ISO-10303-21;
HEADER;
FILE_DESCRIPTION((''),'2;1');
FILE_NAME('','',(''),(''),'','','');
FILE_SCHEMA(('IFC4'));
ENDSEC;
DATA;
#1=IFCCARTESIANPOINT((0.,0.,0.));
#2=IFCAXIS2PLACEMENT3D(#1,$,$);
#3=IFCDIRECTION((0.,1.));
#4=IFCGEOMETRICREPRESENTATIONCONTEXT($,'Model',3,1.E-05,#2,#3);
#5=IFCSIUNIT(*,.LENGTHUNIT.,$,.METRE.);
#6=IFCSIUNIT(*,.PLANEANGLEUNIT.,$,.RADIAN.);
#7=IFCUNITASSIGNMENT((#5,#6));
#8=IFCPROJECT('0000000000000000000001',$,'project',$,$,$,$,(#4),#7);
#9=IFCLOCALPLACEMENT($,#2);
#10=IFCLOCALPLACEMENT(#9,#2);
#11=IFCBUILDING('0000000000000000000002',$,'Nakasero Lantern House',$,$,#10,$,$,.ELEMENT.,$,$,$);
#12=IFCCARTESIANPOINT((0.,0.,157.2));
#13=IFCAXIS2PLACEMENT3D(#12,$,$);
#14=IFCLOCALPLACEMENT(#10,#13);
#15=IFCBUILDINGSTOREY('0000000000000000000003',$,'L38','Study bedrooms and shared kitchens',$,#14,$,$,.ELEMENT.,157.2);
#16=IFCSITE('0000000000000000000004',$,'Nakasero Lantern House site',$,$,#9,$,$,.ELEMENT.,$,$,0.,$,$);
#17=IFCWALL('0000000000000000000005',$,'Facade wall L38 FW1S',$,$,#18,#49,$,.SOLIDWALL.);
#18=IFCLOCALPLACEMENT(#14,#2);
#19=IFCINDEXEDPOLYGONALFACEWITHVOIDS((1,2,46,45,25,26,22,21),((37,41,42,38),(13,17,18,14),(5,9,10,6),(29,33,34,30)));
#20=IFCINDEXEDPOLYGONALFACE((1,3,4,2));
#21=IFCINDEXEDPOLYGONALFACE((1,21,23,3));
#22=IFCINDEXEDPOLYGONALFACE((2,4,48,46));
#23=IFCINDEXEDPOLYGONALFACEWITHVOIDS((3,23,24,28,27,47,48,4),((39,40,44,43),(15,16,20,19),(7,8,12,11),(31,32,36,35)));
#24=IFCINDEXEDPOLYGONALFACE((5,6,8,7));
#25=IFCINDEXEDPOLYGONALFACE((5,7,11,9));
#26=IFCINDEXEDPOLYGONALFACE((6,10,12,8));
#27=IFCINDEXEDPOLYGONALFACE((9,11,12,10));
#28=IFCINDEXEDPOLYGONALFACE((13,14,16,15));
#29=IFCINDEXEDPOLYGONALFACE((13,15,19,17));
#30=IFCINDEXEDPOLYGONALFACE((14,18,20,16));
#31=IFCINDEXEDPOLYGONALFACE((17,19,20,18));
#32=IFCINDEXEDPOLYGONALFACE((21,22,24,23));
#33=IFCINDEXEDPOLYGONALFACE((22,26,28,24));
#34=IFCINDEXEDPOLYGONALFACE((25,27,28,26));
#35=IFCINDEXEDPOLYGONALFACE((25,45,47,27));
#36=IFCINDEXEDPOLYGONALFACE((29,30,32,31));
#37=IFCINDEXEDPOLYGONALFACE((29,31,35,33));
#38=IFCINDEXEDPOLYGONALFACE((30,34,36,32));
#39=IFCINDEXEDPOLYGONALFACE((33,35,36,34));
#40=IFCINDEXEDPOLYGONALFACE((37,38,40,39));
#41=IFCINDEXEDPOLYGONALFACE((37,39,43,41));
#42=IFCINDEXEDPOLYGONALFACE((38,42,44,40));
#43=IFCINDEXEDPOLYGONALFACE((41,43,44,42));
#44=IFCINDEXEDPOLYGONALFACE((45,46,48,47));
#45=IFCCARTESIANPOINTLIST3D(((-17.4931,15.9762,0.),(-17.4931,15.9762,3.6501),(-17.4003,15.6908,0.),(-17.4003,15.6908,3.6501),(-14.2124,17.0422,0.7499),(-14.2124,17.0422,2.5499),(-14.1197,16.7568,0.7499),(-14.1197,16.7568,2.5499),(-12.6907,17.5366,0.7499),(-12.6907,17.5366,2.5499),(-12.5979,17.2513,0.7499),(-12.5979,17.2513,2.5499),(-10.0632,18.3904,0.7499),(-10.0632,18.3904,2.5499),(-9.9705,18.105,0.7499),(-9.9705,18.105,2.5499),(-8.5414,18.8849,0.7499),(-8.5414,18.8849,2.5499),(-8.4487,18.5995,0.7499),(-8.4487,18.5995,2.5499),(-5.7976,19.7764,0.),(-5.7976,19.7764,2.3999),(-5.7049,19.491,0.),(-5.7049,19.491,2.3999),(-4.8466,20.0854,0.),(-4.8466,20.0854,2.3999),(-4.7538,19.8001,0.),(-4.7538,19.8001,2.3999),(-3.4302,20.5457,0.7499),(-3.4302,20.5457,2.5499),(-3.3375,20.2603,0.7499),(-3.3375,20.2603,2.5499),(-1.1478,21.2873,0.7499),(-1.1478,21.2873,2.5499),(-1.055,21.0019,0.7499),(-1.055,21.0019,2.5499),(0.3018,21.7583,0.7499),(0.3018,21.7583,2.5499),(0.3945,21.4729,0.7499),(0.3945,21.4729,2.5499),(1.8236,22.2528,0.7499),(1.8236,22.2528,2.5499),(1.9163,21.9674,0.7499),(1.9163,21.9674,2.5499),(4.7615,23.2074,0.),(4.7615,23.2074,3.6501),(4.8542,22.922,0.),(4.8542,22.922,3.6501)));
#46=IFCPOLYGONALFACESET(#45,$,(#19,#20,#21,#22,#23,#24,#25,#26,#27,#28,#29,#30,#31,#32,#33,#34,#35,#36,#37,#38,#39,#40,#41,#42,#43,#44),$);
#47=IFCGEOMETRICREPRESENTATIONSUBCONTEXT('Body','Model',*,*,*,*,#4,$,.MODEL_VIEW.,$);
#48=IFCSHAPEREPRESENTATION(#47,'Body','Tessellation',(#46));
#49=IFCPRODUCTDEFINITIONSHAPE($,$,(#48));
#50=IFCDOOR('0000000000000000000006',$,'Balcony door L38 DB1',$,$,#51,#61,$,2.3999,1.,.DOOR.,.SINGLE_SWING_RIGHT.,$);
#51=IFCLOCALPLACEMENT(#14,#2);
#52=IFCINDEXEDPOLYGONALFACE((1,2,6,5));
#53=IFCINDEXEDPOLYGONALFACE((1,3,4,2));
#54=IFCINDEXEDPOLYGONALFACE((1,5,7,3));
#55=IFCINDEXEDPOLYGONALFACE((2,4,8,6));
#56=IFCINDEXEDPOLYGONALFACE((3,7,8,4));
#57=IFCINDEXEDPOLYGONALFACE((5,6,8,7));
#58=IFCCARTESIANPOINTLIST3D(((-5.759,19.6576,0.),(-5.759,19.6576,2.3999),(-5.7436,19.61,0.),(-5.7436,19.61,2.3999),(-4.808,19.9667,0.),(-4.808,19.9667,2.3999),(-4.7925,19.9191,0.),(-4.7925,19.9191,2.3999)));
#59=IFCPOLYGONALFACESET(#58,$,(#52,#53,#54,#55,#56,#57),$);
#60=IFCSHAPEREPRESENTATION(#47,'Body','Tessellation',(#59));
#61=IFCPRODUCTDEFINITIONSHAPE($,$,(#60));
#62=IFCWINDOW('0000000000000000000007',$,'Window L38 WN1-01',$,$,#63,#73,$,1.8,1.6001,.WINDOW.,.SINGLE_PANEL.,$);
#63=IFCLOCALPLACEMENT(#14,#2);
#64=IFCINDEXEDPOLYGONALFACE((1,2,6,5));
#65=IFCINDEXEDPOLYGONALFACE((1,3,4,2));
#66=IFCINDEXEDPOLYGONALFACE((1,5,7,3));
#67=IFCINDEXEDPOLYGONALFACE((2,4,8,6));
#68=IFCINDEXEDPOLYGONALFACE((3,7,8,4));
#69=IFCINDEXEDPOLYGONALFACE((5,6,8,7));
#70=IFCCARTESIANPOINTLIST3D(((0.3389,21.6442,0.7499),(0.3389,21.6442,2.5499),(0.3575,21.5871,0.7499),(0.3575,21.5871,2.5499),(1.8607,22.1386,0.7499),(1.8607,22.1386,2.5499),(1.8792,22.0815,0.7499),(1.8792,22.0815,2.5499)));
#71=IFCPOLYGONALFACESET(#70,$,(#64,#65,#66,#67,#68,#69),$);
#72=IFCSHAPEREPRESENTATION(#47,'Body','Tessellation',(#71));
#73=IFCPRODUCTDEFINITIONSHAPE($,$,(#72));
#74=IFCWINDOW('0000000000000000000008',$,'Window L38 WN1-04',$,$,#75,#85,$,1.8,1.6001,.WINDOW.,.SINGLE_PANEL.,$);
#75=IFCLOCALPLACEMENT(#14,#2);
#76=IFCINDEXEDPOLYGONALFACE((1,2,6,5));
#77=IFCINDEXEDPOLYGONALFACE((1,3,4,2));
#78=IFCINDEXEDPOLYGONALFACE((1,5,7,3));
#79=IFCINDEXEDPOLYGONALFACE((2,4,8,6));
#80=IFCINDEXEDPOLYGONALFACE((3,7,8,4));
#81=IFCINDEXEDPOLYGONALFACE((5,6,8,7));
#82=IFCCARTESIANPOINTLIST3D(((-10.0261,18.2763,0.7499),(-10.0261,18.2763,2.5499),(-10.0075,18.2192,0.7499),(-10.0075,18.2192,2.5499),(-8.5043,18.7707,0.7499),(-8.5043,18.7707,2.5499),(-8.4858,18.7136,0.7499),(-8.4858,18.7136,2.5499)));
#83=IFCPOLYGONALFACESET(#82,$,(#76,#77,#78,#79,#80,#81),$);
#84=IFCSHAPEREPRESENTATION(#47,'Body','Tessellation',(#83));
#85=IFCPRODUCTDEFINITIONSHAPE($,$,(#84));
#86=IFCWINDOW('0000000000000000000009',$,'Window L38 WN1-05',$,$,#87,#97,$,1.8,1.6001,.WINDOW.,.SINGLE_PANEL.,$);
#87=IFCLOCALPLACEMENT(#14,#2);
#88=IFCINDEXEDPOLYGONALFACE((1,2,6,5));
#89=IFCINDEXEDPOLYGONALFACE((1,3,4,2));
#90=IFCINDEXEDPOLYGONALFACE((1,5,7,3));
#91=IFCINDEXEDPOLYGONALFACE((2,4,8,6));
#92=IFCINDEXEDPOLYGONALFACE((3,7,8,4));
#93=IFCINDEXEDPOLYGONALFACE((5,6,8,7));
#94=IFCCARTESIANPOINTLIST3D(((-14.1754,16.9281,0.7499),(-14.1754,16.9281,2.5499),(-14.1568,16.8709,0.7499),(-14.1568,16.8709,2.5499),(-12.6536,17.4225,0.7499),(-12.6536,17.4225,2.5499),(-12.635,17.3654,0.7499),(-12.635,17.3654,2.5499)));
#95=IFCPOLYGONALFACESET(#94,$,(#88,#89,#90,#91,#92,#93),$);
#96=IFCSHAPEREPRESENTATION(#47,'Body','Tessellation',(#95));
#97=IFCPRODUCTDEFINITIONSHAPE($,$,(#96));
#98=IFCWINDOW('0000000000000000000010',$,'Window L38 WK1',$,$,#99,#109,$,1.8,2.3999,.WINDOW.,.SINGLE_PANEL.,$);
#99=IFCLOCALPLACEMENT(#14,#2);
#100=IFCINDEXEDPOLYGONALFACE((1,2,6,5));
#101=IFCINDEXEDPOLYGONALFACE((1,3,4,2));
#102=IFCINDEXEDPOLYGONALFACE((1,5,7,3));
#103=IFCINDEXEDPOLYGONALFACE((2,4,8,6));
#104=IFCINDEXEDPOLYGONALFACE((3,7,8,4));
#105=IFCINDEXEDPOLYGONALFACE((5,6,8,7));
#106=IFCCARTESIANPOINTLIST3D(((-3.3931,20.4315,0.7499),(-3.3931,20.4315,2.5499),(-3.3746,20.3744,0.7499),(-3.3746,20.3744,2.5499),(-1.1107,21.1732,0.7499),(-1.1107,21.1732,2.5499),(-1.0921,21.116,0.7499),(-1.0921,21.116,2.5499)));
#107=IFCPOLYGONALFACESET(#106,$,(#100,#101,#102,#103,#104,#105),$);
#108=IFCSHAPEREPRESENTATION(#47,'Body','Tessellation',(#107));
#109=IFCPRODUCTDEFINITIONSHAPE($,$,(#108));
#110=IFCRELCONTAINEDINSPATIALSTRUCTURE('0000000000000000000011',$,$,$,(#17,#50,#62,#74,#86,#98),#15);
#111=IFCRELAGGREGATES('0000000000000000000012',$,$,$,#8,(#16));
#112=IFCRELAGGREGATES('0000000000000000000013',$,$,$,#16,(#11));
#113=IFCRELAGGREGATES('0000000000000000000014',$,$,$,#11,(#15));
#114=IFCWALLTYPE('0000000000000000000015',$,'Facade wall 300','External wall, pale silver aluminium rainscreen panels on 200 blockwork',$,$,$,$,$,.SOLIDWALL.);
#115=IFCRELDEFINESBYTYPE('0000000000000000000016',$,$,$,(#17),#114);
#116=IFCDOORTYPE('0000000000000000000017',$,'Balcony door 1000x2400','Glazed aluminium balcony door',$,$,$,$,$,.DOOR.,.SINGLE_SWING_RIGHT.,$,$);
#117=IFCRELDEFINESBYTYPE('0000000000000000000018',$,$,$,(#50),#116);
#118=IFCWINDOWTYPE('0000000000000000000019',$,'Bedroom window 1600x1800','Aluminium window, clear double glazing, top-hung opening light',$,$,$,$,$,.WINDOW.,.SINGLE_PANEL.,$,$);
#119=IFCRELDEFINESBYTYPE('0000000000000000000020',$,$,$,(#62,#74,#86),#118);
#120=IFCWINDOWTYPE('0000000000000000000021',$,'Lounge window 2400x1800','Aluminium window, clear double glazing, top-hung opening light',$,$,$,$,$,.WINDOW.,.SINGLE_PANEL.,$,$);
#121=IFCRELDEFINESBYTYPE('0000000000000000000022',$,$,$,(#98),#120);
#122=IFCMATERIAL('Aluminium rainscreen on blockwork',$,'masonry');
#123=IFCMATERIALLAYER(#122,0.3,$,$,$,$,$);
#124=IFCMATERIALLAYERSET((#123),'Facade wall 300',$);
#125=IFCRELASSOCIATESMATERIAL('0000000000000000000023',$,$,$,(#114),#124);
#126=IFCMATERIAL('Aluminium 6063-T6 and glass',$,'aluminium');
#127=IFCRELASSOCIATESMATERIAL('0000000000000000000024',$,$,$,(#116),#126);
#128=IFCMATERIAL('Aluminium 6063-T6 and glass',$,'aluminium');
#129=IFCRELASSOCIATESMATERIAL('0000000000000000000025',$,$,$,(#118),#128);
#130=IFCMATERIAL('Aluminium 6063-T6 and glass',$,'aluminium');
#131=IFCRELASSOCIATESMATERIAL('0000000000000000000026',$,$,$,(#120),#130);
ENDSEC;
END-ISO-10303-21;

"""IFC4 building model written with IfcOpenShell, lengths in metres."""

from ifc_helpers import new_model, si_unit, direction, frame, frame_2d, origin, place, context, subcontext, project, spatial, rectangle, extrude, material, layer, layer_set, type_object, element, fill, save


model = new_model("IFC4")

# Units and contexts
model_context = context("Model", 3, precision=1e-05, world=origin(), true_north=direction((0.0, 1.0)))
body_context = subcontext(model_context, "Body", "Model", "MODEL_VIEW")
ifc_project = project(units=[si_unit("LENGTHUNIT", "METRE"), si_unit("PLANEANGLEUNIT", "RADIAN")], contexts=[model_context])

# Site, building, storey
site_placement = place(None, origin())
site = spatial("IfcSite", under=ifc_project, at=site_placement, Name="Nakasero Lantern House site", CompositionType="ELEMENT", RefElevation=0.0)
building_placement = place(site_placement, origin())
building = spatial("IfcBuilding", under=site, at=building_placement, Name="Nakasero Lantern House", CompositionType="ELEMENT")
storey_placement = place(building_placement, frame((0.0, 0.0, 157.2)))
storey = spatial("IfcBuildingStorey", under=building, at=storey_placement, Name="L38", Description="Study bedrooms and shared kitchens", CompositionType="ELEMENT", Elevation=157.2)

# Wall, openings, door, windows
ifc_material_1 = material(Name="Aluminium rainscreen on blockwork", Category="masonry")
ifc_layer_1 = layer(ifc_material_1, 0.3)
ifc_layer_set_1 = layer_set([ifc_layer_1], Name="Facade wall 300")
wall_type_1 = type_object("IfcWallType", Name="Facade wall 300", Description="External wall, pale silver aluminium rainscreen panels on 200 blockwork", PredefinedType="SOLIDWALL", material=ifc_layer_set_1)
wall_1_placement = place(storey_placement, frame((4.8079, 23.0647, 0.0), z_axis=(0.0, 0.0, 1.0), x_axis=(-0.951054, -0.309026, 0.0)))
wall_1 = element("IfcWall", 1, at=wall_1_placement, inside=storey, type_object=wall_type_1, Name="Facade wall L38 FW1S", PredefinedType="SOLIDWALL", context=body_context, shape_type="SweptSolid", body=[
    extrude(rectangle(XDim=23.3999, YDim=0.3, at=frame_2d((11.7, 0.0))), origin(), (0.0, 0.0, 1.0), 3.6501),
])
opening_1_placement = place(wall_1_placement, frame((3.0891, 0.0, 0.75)))
opening_1 = element("IfcOpeningElement", 2, at=opening_1_placement, cuts=wall_1, PredefinedType="OPENING", context=body_context, shape_type="SweptSolid", body=[
    extrude(rectangle(XDim=1.6001, YDim=1.8, at=frame_2d((0.8, 0.8999))), frame((0.0, 0.1699, 0.0), z_axis=(0.0, -1.0, 0.0), x_axis=(1.0, 0.0, 0.0)), (0.0, 0.0, 1.0), 0.3401),
])
opening_2_placement = place(wall_1_placement, frame((13.9875, 0.0, 0.75)))
opening_2 = element("IfcOpeningElement", 3, at=opening_2_placement, cuts=wall_1, PredefinedType="OPENING", context=body_context, shape_type="SweptSolid", body=[
    extrude(rectangle(XDim=1.6001, YDim=1.8, at=frame_2d((0.8, 0.8999))), frame((0.0, 0.1699, 0.0), z_axis=(0.0, -1.0, 0.0), x_axis=(1.0, 0.0, 0.0)), (0.0, 0.0, 1.0), 0.3401),
])
opening_3_placement = place(wall_1_placement, frame((18.3503, 0.0, 0.75)))
opening_3 = element("IfcOpeningElement", 4, at=opening_3_placement, cuts=wall_1, PredefinedType="OPENING", context=body_context, shape_type="SweptSolid", body=[
    extrude(rectangle(XDim=1.6001, YDim=1.8, at=frame_2d((0.8, 0.8999))), frame((0.0, 0.1699, 0.0), z_axis=(0.0, -1.0, 0.0), x_axis=(1.0, 0.0, 0.0)), (0.0, 0.0, 1.0), 0.3401),
])
opening_4_placement = place(wall_1_placement, frame((6.2134, 0.0, 0.75)))
opening_4 = element("IfcOpeningElement", 5, at=opening_4_placement, cuts=wall_1, PredefinedType="OPENING", context=body_context, shape_type="SweptSolid", body=[
    extrude(rectangle(XDim=2.3999, YDim=1.8, at=frame_2d((1.2, 0.8999))), frame((0.0, 0.1699, 0.0), z_axis=(0.0, -1.0, 0.0), x_axis=(1.0, 0.0, 0.0)), (0.0, 0.0, 1.0), 0.3401),
])
opening_5_placement = place(wall_1_placement, frame((10.1025, 0.0, 0.0)))
opening_5 = element("IfcOpeningElement", 6, at=opening_5_placement, cuts=wall_1, PredefinedType="OPENING", context=body_context, shape_type="SweptSolid", body=[
    extrude(rectangle(XDim=1.0, YDim=2.3999, at=frame_2d((0.5, 1.2))), frame((0.0, 0.1699, 0.0), z_axis=(0.0, -1.0, 0.0), x_axis=(1.0, 0.0, 0.0)), (0.0, 0.0, 1.0), 0.3401),
])
ifc_material_2 = material(Name="Aluminium 6063-T6 and glass", Category="aluminium")
door_type_1 = type_object("IfcDoorType", Name="Balcony door 1000x2400", Description="Glazed aluminium balcony door", OperationType="SINGLE_SWING_RIGHT", PredefinedType="DOOR", material=ifc_material_2)
door_1_placement = place(opening_5_placement, origin())
door_1 = element("IfcDoor", 7, at=door_1_placement, inside=storey, type_object=door_type_1, Name="Balcony door L38 DB1", OperationType="SINGLE_SWING_RIGHT", OverallHeight=2.3999, OverallWidth=1.0, PredefinedType="DOOR", context=body_context, shape_type="SweptSolid", body=[
    extrude(rectangle(XDim=1.0, YDim=2.3999, at=frame_2d((0.5, 1.2))), frame((0.0, 0.0249, 0.0), z_axis=(0.0, -1.0, 0.0), x_axis=(1.0, 0.0, 0.0)), (0.0, 0.0, 1.0), 0.05),
])
fill(opening_5, door_1)
ifc_material_3 = material(Name="Aluminium 6063-T6 and glass", Category="aluminium")
window_type_1 = type_object("IfcWindowType", Name="Bedroom window 1600x1800", Description="Aluminium window, clear double glazing, top-hung opening light", PartitioningType="SINGLE_PANEL", PredefinedType="WINDOW", material=ifc_material_3)
window_1_placement = place(opening_1_placement, origin())
window_1 = element("IfcWindow", 8, at=window_1_placement, inside=storey, type_object=window_type_1, Name="Window L38 WN1-01", OverallHeight=1.8, OverallWidth=1.6001, PartitioningType="SINGLE_PANEL", PredefinedType="WINDOW", context=body_context, shape_type="SweptSolid", body=[
    extrude(rectangle(XDim=1.6001, YDim=1.8, at=frame_2d((0.8, 0.8999))), frame((0.0, 0.03, 0.0), z_axis=(0.0, -1.0, 0.0), x_axis=(1.0, 0.0, 0.0)), (0.0, 0.0, 1.0), 0.0601),
])
fill(opening_1, window_1)
window_2_placement = place(opening_2_placement, origin())
window_2 = element("IfcWindow", 9, at=window_2_placement, inside=storey, type_object=window_type_1, Name="Window L38 WN1-04", OverallHeight=1.8, OverallWidth=1.6001, PartitioningType="SINGLE_PANEL", PredefinedType="WINDOW", context=body_context, shape_type="SweptSolid", body=[
    extrude(rectangle(XDim=1.6001, YDim=1.8, at=frame_2d((0.8, 0.8999))), frame((0.0, 0.03, 0.0), z_axis=(0.0, -1.0, 0.0), x_axis=(1.0, 0.0, 0.0)), (0.0, 0.0, 1.0), 0.0601),
])
fill(opening_2, window_2)
window_3_placement = place(opening_3_placement, origin())
window_3 = element("IfcWindow", 10, at=window_3_placement, inside=storey, type_object=window_type_1, Name="Window L38 WN1-05", OverallHeight=1.8, OverallWidth=1.6001, PartitioningType="SINGLE_PANEL", PredefinedType="WINDOW", context=body_context, shape_type="SweptSolid", body=[
    extrude(rectangle(XDim=1.6001, YDim=1.8, at=frame_2d((0.8, 0.8999))), frame((0.0, 0.03, 0.0), z_axis=(0.0, -1.0, 0.0), x_axis=(1.0, 0.0, 0.0)), (0.0, 0.0, 1.0), 0.0601),
])
fill(opening_3, window_3)
ifc_material_4 = material(Name="Aluminium 6063-T6 and glass", Category="aluminium")
window_type_2 = type_object("IfcWindowType", Name="Lounge window 2400x1800", Description="Aluminium window, clear double glazing, top-hung opening light", PartitioningType="SINGLE_PANEL", PredefinedType="WINDOW", material=ifc_material_4)
window_4_placement = place(opening_4_placement, origin())
window_4 = element("IfcWindow", 11, at=window_4_placement, inside=storey, type_object=window_type_2, Name="Window L38 WK1", OverallHeight=1.8, OverallWidth=2.3999, PartitioningType="SINGLE_PANEL", PredefinedType="WINDOW", context=body_context, shape_type="SweptSolid", body=[
    extrude(rectangle(XDim=2.3999, YDim=1.8, at=frame_2d((1.2, 0.8999))), frame((0.0, 0.03, 0.0), z_axis=(0.0, -1.0, 0.0), x_axis=(1.0, 0.0, 0.0)), (0.0, 0.0, 1.0), 0.0601),
])
fill(opening_4, window_4)

save(model, "model.ifc")
